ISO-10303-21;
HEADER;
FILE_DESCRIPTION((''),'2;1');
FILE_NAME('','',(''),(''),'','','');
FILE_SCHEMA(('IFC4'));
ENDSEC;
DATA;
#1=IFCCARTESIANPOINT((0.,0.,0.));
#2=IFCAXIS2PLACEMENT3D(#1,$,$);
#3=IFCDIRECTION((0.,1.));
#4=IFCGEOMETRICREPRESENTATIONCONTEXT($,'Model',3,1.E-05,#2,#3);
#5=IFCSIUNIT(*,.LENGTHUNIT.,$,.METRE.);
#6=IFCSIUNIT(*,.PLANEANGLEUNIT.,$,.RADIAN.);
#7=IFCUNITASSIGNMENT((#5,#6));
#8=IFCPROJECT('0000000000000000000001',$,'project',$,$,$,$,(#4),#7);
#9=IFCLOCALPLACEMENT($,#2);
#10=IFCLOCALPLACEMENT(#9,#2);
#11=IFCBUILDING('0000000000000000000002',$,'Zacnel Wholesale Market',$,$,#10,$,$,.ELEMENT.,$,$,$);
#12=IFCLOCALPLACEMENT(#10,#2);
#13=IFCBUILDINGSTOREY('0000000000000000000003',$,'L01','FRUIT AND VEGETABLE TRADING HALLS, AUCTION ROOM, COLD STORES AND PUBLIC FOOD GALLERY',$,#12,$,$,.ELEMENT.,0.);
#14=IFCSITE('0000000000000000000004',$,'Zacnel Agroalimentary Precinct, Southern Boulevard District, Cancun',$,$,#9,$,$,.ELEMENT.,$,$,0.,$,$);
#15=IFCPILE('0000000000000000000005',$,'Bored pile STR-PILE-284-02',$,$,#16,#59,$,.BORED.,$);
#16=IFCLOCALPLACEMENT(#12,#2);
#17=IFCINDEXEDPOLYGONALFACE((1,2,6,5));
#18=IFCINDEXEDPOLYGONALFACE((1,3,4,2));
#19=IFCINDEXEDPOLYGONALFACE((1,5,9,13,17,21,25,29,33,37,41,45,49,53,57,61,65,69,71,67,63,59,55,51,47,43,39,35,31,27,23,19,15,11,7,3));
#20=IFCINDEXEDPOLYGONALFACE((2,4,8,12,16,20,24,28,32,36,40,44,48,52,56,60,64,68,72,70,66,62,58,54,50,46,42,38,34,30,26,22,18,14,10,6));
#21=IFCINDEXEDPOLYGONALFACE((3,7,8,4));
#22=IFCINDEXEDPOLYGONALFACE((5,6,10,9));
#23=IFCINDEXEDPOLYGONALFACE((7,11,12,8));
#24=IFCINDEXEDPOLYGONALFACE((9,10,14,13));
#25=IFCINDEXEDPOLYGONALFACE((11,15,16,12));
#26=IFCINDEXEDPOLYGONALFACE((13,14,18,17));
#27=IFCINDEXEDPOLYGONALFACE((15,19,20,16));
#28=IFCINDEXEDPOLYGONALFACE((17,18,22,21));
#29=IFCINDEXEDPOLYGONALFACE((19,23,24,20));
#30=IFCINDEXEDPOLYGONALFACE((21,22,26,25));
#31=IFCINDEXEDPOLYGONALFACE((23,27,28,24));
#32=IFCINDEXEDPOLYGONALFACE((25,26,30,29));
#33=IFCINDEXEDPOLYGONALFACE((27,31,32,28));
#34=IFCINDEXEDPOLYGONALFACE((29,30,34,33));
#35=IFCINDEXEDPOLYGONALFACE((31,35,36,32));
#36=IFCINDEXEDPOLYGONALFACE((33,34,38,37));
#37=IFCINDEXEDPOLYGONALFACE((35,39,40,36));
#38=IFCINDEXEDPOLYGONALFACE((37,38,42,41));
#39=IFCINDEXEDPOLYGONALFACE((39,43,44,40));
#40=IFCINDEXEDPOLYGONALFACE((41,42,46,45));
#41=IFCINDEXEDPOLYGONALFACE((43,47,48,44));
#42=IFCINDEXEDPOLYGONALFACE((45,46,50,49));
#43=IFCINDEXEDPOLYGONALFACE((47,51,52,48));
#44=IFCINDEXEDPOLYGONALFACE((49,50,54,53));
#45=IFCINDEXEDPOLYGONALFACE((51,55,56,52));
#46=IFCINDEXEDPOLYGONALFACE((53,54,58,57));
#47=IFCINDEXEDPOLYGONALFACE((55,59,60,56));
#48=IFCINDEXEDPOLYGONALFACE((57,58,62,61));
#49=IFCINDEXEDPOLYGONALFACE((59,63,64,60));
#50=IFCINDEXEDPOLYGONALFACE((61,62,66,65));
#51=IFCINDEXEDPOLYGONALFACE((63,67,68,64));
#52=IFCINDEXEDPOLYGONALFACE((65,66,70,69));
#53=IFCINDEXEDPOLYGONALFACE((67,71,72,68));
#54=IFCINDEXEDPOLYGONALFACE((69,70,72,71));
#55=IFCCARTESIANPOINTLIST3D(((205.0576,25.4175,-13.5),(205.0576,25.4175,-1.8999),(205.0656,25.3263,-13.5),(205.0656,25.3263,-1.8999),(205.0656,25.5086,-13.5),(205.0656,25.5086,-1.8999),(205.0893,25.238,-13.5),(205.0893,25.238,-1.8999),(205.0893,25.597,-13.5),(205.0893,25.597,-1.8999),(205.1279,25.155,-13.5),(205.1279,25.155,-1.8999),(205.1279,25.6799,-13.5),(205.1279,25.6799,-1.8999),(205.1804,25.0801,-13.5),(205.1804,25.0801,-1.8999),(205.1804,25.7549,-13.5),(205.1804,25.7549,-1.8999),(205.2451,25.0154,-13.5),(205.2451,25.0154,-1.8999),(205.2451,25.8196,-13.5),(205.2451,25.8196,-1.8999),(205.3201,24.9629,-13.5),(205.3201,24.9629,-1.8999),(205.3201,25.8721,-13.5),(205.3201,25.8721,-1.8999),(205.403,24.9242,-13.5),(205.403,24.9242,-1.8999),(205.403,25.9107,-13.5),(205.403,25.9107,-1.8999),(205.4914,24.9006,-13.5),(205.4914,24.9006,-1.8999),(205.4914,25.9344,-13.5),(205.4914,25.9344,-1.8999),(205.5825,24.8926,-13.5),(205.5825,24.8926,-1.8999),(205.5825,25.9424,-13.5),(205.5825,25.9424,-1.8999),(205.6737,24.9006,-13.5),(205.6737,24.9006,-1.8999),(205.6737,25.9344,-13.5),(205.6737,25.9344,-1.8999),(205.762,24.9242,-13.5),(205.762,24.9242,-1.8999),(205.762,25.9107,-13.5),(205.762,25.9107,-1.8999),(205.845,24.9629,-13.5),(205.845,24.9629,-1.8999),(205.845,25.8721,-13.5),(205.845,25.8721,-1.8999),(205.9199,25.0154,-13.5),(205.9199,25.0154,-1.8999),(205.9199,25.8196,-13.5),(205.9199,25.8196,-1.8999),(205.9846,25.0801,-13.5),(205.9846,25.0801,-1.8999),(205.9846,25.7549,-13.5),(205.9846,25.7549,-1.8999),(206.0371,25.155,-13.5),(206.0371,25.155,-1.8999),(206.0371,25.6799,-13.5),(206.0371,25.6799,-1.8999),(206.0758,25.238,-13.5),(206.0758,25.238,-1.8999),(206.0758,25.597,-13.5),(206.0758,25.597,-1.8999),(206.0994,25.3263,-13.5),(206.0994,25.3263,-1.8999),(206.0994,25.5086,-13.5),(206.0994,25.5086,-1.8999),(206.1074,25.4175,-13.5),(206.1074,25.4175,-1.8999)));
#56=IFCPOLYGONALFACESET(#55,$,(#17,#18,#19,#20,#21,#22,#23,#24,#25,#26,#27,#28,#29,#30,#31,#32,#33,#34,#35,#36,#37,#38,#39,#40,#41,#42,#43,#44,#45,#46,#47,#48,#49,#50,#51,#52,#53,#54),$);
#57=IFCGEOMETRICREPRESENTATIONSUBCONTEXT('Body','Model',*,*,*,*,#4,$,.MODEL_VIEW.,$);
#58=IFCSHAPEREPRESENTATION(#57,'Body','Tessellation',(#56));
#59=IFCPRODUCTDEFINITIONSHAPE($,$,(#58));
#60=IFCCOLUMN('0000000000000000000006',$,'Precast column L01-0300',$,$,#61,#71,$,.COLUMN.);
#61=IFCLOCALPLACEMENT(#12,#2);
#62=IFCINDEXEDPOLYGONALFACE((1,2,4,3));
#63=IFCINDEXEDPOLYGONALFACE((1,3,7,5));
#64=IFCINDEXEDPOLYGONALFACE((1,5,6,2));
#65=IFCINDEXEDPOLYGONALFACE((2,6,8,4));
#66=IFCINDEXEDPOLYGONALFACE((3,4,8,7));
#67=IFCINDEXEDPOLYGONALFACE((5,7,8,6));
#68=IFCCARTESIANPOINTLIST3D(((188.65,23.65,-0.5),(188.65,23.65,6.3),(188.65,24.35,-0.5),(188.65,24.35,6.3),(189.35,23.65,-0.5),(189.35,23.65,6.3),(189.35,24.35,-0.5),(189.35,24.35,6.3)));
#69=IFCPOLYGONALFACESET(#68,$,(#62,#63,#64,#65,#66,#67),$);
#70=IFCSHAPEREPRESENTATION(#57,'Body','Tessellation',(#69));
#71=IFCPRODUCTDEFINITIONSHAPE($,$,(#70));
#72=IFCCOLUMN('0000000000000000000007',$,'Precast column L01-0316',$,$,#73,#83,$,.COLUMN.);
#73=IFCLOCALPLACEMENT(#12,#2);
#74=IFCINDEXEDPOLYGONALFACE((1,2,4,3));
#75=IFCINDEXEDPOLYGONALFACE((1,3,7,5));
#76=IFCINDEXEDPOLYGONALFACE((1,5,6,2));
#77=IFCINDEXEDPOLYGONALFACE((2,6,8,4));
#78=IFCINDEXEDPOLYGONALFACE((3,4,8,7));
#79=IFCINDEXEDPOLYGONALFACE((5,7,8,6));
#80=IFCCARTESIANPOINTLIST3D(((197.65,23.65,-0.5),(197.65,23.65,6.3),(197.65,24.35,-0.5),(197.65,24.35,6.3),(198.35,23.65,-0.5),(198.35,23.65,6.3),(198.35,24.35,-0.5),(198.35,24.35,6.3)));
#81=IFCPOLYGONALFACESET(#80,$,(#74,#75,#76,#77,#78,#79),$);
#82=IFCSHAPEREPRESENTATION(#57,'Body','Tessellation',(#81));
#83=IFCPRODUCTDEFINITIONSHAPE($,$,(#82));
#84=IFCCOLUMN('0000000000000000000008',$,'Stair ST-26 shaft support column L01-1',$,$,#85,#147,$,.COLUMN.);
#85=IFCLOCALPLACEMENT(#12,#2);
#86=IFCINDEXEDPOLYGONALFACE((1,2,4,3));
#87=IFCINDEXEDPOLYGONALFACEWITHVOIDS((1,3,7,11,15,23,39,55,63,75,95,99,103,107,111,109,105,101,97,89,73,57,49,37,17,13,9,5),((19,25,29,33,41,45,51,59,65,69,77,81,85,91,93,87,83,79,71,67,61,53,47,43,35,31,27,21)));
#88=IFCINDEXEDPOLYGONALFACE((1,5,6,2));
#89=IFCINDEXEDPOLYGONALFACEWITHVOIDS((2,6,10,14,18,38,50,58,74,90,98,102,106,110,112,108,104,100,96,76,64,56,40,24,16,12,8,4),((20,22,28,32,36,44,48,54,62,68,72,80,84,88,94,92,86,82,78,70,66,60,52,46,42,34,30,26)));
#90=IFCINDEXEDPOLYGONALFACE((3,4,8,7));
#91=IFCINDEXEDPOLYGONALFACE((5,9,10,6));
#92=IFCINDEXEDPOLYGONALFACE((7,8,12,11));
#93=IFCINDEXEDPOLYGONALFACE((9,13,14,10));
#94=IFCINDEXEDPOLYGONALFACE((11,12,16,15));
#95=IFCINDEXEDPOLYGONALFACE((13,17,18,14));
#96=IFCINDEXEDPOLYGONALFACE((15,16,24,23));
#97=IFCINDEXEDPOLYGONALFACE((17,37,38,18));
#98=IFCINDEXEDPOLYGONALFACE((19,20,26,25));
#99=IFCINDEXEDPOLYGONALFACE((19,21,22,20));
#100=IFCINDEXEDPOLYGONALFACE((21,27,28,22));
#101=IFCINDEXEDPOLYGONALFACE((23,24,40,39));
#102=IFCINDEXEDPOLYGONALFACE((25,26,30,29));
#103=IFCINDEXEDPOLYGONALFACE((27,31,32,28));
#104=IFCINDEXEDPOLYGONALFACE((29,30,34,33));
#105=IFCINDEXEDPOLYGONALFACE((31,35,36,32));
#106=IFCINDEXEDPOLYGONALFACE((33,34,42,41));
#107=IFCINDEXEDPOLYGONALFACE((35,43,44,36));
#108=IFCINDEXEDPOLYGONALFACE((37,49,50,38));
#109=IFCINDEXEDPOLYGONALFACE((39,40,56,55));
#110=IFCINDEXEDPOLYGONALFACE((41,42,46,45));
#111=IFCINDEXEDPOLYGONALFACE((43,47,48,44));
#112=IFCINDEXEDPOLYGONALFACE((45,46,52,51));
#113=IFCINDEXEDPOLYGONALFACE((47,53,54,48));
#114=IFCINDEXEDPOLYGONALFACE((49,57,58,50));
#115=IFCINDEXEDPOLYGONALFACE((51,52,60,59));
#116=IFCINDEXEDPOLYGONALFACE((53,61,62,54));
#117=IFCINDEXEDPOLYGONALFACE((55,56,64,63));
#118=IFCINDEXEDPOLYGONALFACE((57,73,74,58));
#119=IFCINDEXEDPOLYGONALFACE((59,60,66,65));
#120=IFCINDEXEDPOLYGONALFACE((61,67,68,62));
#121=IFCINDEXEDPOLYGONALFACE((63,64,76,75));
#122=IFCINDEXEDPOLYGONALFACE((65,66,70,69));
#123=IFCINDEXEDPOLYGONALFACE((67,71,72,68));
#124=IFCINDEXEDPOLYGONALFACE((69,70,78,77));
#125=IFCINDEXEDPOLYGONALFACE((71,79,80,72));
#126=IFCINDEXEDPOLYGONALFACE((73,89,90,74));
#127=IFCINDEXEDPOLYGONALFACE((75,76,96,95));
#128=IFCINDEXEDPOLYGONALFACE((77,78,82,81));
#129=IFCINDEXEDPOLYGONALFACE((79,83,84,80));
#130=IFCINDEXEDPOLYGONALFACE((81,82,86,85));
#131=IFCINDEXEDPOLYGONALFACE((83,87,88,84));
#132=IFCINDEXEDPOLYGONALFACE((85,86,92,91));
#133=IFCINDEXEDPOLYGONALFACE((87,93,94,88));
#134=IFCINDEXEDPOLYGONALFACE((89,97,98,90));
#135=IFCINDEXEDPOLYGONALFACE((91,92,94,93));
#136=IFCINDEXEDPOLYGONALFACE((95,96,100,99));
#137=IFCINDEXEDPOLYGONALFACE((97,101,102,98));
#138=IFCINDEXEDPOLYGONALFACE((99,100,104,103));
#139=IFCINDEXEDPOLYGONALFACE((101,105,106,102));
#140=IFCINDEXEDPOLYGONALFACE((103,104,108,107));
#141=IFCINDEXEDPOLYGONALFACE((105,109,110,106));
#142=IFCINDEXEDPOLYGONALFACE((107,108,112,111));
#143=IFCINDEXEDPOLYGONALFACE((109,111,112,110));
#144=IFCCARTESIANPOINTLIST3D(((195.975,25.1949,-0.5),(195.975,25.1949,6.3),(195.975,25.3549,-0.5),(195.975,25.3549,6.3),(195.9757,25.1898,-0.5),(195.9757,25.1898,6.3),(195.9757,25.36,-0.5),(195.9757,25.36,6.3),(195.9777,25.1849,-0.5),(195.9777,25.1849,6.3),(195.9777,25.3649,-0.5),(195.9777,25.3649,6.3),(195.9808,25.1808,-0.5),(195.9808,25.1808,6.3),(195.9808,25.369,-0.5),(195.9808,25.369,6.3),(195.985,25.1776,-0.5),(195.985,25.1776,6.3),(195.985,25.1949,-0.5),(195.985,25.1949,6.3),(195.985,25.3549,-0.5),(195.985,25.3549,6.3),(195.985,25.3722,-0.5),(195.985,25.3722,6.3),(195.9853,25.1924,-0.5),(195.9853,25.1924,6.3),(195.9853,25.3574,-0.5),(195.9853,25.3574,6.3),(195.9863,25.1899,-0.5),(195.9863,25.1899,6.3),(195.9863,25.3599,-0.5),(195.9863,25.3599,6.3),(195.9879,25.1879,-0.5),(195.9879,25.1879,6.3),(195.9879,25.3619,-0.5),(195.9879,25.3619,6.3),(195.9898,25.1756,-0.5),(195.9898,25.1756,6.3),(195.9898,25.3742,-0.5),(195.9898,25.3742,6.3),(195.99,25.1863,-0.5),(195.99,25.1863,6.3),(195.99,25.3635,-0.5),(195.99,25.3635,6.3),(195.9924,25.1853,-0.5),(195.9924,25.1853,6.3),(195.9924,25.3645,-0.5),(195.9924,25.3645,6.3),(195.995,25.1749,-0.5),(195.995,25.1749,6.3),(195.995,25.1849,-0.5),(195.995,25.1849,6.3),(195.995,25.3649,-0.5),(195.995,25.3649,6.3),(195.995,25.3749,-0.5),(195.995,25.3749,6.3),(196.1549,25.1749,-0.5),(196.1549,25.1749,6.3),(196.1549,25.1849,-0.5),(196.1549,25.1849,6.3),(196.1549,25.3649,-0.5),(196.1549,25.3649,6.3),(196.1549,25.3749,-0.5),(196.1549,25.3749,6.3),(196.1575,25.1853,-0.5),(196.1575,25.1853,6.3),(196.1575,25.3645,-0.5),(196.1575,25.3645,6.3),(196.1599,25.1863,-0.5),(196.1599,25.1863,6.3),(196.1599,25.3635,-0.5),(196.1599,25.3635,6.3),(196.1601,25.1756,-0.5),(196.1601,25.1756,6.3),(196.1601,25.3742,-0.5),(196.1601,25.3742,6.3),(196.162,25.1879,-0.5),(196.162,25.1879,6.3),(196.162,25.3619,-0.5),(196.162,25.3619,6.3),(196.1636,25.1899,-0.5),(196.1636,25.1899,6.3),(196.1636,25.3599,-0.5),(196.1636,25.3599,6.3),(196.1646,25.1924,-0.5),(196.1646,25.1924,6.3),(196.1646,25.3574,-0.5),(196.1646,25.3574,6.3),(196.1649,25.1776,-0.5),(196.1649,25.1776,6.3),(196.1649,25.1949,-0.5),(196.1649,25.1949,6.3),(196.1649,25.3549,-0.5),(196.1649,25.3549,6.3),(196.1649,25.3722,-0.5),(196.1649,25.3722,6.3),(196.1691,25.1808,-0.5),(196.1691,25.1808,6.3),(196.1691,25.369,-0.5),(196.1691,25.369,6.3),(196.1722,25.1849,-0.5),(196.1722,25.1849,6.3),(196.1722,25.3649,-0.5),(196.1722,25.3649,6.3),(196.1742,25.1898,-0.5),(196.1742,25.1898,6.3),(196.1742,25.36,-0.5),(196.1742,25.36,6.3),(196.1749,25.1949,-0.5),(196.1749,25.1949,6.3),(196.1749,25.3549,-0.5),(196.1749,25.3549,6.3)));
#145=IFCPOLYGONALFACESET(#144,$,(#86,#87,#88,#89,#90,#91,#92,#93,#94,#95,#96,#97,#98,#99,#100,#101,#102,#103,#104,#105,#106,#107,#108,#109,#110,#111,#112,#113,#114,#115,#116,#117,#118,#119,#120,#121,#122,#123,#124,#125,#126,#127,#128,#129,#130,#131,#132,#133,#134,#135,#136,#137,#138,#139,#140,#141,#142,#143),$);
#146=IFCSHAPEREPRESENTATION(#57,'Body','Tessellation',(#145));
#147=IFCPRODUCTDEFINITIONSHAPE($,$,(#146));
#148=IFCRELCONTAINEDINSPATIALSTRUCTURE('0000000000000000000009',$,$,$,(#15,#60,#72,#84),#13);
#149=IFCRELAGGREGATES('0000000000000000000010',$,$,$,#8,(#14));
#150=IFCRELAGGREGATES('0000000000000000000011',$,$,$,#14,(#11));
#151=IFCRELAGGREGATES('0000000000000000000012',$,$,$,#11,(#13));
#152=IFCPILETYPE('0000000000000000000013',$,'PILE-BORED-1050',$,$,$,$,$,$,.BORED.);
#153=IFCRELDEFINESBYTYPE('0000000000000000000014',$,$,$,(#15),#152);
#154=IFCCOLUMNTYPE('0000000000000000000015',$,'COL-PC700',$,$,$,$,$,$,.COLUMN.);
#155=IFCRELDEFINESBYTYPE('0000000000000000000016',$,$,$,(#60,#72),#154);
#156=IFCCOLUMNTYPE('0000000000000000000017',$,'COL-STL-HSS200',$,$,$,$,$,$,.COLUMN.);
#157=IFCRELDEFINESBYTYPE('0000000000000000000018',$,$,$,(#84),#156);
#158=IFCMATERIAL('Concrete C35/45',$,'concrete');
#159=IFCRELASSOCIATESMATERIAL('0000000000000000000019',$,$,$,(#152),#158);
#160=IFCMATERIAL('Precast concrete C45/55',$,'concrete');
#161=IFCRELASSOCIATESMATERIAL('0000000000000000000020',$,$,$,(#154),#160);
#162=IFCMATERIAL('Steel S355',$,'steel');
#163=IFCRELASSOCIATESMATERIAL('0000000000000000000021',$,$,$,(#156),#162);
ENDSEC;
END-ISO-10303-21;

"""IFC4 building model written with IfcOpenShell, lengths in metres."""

from ifc_helpers import new_model, si_unit, direction, frame, origin, origin_2d, place, context, subcontext, project, spatial, rectangle, hollow_rectangle, circle, extrude, material, material_profile, profile_set, type_object, element, save


model = new_model("IFC4")

# Units and contexts
model_context = context("Model", 3, precision=1e-05, world=origin(), true_north=direction((0.0, 1.0)))
body_context = subcontext(model_context, "Body", "Model", "MODEL_VIEW")
ifc_project = project(units=[si_unit("LENGTHUNIT", "METRE"), si_unit("PLANEANGLEUNIT", "RADIAN")], contexts=[model_context])

# Site, building, storey
site_placement = place(None, origin())
site = spatial("IfcSite", under=ifc_project, at=site_placement, Name="Zacnel Agroalimentary Precinct, Southern Boulevard District, Cancun", CompositionType="ELEMENT", RefElevation=0.0)
building_placement = place(site_placement, origin())
building = spatial("IfcBuilding", under=site, at=building_placement, Name="Zacnel Wholesale Market", CompositionType="ELEMENT")
storey_placement = place(building_placement, origin())
storey = spatial("IfcBuildingStorey", under=building, at=storey_placement, Name="L01", Description="FRUIT AND VEGETABLE TRADING HALLS, AUCTION ROOM, COLD STORES AND PUBLIC FOOD GALLERY", CompositionType="ELEMENT", Elevation=0.0)

# Pile
ifc_material_1 = material(Name="Concrete C35/45", Category="concrete")
ifc_material_profile_1 = material_profile(ifc_material_1, circle(Radius=0.5249, at=origin_2d()), Name="BORED PILE D1050")
ifc_profile_set_1 = profile_set([ifc_material_profile_1], Name="Concrete C35/45")
pile_type = type_object("IfcPileType", Name="PILE-BORED-1050", PredefinedType="BORED", material=ifc_profile_set_1)
for number, where, z_axis, x_axis, name in (
    (1, (205.5825, 25.4175, -1.8999), (0.0, 0.0, -1.0), (1.0, 0.0, 0.0), "Bored pile STR-PILE-284-02"),
):
    element("IfcPile", number, at=place(storey_placement, frame(where, z_axis=z_axis, x_axis=x_axis)), inside=storey, type_object=pile_type, Name=name, PredefinedType="BORED", context=body_context, shape_type="SweptSolid", body=[
        extrude(circle(Radius=0.5249, at=origin_2d()), origin(), (0.0, 0.0, 1.0), 11.6001),
    ])

# Columns
ifc_material_2 = material(Name="Precast concrete C45/55", Category="concrete")
ifc_material_profile_2 = material_profile(ifc_material_2, rectangle(XDim=0.7, YDim=0.7, at=origin_2d()), Name="PC 700x700")
ifc_profile_set_2 = profile_set([ifc_material_profile_2], Name="Precast concrete C45/55")
column_type_1 = type_object("IfcColumnType", Name="COL-PC700", PredefinedType="COLUMN", material=ifc_profile_set_2)
for number, where, z_axis, x_axis, name in (
    (2, (189.0, 24.0, -0.5), (0.0, 0.0, 1.0), (1.0, 0.0, 0.0), "Precast column L01-0300"),
    (3, (198.0, 24.0, -0.5), (0.0, 0.0, 1.0), (1.0, 0.0, 0.0), "Precast column L01-0316"),
):
    element("IfcColumn", number, at=place(storey_placement, frame(where, z_axis=z_axis, x_axis=x_axis)), inside=storey, type_object=column_type_1, Name=name, PredefinedType="COLUMN", context=body_context, shape_type="SweptSolid", body=[
        extrude(rectangle(XDim=0.7, YDim=0.7, at=origin_2d()), origin(), (0.0, 0.0, 1.0), 6.8),
    ])
ifc_material_3 = material(Name="Steel S355", Category="steel")
ifc_material_profile_3 = material_profile(ifc_material_3, hollow_rectangle(XDim=0.2, YDim=0.2, WallThickness=0.01, InnerFilletRadius=0.01, OuterFilletRadius=0.02, at=origin_2d()), Name="HSS 200x200x10")
ifc_profile_set_3 = profile_set([ifc_material_profile_3], Name="Steel S355")
column_type_2 = type_object("IfcColumnType", Name="COL-STL-HSS200", PredefinedType="COLUMN", material=ifc_profile_set_3)
for number, where, z_axis, x_axis, name in (
    (4, (196.075, 25.2749, -0.5), (0.0, 0.0, 1.0), (1.0, 0.0, 0.0), "Stair ST-26 shaft support column L01-1"),
):
    element("IfcColumn", number, at=place(storey_placement, frame(where, z_axis=z_axis, x_axis=x_axis)), inside=storey, type_object=column_type_2, Name=name, PredefinedType="COLUMN", context=body_context, shape_type="SweptSolid", body=[
        extrude(hollow_rectangle(XDim=0.2, YDim=0.2, WallThickness=0.01, InnerFilletRadius=0.01, OuterFilletRadius=0.02, at=origin_2d()), origin(), (0.0, 0.0, 1.0), 6.8),
    ])

save(model, "model.ifc")
